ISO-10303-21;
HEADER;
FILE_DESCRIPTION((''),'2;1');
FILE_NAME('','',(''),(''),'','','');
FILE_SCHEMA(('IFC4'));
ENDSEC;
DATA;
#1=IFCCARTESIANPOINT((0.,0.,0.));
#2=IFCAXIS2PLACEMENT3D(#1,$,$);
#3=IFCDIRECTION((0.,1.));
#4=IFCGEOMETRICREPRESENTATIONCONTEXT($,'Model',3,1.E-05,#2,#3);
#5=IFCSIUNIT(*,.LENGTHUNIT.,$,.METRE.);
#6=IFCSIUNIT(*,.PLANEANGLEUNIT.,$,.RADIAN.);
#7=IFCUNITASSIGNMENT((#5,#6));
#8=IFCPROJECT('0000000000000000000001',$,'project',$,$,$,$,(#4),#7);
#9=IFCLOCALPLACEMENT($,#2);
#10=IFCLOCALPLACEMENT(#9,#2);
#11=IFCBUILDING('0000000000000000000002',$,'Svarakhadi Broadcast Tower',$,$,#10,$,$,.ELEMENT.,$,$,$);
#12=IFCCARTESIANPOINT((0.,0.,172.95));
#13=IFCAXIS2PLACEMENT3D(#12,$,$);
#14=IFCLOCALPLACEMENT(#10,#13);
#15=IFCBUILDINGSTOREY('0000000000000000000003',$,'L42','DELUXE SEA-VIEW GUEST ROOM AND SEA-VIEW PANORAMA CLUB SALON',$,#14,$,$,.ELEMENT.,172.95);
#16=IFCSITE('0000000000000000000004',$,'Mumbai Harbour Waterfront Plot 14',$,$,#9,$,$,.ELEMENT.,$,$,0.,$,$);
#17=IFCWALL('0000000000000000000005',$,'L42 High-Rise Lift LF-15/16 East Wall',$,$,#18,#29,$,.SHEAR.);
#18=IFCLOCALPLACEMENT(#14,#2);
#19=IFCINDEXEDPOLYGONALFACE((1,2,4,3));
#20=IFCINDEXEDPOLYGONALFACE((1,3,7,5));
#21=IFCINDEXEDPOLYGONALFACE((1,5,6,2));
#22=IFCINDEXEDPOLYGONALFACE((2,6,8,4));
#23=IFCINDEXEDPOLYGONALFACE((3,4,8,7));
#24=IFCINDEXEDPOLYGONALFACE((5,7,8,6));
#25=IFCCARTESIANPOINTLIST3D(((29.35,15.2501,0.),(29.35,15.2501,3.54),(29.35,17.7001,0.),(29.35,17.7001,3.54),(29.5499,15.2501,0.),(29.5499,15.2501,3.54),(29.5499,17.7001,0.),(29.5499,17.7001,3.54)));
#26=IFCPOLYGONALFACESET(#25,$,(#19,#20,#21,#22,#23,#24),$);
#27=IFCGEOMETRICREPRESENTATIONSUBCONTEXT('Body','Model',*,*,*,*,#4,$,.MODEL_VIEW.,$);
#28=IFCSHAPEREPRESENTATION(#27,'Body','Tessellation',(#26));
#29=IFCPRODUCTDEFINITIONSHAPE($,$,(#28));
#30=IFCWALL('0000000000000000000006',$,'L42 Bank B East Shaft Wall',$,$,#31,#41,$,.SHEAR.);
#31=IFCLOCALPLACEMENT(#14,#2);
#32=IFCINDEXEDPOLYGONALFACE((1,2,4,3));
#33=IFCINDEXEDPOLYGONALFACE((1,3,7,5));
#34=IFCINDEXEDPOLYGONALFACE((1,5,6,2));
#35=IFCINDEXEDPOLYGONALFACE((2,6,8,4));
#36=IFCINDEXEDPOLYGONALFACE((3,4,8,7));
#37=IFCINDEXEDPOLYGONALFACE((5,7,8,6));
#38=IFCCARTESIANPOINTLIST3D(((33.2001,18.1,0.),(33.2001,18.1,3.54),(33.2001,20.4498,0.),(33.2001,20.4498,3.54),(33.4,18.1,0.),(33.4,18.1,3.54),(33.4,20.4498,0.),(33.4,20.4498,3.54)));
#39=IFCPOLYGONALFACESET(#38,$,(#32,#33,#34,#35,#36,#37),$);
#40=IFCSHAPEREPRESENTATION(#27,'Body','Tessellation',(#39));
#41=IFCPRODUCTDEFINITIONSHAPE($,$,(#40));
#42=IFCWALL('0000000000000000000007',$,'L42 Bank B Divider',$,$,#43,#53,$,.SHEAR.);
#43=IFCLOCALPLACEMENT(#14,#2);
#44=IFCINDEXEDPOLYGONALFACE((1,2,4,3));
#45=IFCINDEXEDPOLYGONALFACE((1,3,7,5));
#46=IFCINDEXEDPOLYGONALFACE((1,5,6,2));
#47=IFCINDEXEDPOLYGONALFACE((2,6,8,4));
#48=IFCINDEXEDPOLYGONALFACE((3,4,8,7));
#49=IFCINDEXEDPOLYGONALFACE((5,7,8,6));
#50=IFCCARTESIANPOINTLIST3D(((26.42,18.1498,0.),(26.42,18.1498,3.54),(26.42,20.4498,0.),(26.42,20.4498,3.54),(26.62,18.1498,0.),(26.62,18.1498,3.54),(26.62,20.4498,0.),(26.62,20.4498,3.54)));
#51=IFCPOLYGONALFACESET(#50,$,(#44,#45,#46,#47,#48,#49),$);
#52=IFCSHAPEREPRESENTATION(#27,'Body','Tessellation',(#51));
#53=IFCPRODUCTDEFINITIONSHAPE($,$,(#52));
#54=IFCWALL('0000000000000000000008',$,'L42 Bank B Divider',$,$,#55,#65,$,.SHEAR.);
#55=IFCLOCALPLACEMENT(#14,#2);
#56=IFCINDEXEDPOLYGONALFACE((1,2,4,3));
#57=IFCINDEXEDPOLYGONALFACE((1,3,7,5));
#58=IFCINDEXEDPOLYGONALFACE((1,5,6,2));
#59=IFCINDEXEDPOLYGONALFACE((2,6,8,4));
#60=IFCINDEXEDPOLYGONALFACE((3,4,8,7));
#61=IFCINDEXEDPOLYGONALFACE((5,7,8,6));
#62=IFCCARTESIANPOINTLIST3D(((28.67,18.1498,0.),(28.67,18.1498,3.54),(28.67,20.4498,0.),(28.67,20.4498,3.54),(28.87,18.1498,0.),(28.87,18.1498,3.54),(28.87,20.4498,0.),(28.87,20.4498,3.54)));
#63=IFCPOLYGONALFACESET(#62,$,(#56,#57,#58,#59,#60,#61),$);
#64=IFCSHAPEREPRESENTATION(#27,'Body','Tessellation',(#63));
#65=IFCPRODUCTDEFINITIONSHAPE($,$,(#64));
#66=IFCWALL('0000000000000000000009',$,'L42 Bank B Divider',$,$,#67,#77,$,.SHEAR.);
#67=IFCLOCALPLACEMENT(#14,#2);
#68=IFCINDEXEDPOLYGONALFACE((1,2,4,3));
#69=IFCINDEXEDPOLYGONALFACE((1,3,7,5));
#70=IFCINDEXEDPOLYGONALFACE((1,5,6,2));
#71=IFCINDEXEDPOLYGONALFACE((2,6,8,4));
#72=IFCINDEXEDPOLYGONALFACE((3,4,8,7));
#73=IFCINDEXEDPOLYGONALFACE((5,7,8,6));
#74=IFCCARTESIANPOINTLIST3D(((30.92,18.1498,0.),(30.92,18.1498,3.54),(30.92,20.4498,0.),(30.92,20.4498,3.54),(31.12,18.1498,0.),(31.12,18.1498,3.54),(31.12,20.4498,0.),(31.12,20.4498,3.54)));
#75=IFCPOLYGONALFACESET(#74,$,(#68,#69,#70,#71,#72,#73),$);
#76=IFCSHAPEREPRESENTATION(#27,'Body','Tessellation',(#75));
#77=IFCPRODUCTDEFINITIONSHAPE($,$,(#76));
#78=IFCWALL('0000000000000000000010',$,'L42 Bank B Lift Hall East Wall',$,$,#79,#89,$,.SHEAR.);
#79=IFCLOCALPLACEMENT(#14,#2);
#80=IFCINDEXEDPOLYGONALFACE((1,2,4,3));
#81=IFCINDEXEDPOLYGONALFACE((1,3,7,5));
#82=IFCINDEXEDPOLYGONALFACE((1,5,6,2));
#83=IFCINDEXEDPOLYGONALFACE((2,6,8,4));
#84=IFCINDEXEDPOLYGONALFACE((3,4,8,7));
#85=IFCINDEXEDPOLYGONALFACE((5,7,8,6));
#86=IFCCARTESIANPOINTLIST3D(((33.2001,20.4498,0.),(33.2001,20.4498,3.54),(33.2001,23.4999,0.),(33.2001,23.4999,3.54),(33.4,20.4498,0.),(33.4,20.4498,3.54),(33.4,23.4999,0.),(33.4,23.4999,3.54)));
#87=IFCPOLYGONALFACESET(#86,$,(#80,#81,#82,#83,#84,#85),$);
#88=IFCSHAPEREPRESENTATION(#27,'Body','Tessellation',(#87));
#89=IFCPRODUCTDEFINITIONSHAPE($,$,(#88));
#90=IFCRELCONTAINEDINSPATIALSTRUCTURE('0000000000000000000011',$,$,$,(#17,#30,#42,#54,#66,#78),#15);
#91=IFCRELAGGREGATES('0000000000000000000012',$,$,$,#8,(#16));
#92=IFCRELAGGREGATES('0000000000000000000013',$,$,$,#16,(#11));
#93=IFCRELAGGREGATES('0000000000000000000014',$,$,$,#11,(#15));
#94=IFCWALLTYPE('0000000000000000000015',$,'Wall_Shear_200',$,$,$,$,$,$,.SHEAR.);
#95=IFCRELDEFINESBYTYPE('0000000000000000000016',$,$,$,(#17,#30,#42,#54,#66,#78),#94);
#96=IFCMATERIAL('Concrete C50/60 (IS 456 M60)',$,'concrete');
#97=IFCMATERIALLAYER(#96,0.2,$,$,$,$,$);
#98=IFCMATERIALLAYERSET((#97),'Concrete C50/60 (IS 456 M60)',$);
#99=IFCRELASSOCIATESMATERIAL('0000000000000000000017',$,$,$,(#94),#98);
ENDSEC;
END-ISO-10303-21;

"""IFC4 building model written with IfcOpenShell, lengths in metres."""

from ifc_helpers import new_model, si_unit, direction, frame, frame_2d, origin, place, context, subcontext, project, spatial, rectangle, extrude, material, layer, layer_set, type_object, element, save


model = new_model("IFC4")

# Units and contexts
model_context = context("Model", 3, precision=1e-05, world=origin(), true_north=direction((0.0, 1.0)))
body_context = subcontext(model_context, "Body", "Model", "MODEL_VIEW")
ifc_project = project(units=[si_unit("LENGTHUNIT", "METRE"), si_unit("PLANEANGLEUNIT", "RADIAN")], contexts=[model_context])

# Site, building, storey
site_placement = place(None, origin())
site = spatial("IfcSite", under=ifc_project, at=site_placement, Name="Mumbai Harbour Waterfront Plot 14", CompositionType="ELEMENT", RefElevation=0.0)
building_placement = place(site_placement, origin())
building = spatial("IfcBuilding", under=site, at=building_placement, Name="Svarakhadi Broadcast Tower", CompositionType="ELEMENT")
storey_placement = place(building_placement, frame((0.0, 0.0, 172.95)))
storey = spatial("IfcBuildingStorey", under=building, at=storey_placement, Name="L42", Description="DELUXE SEA-VIEW GUEST ROOM AND SEA-VIEW PANORAMA CLUB SALON", CompositionType="ELEMENT", Elevation=172.95)

# Shared definitions
ifc_material_1 = material(Name="Concrete C50/60 (IS 456 M60)", Category="concrete")

# Walls
ifc_layer_1 = layer(ifc_material_1, 0.2)
ifc_layer_set_1 = layer_set([ifc_layer_1], Name="Concrete C50/60 (IS 456 M60)")
wall_type_1 = type_object("IfcWallType", Name="Wall_Shear_200", PredefinedType="SHEAR", material=ifc_layer_set_1)
wall_1_placement = place(storey_placement, frame((29.45, 15.25, 0.0), z_axis=(0.0, 0.0, 1.0), x_axis=(0.0, 1.0, 0.0)))
element("IfcWall", 1, at=wall_1_placement, inside=storey, type_object=wall_type_1, Name="L42 High-Rise Lift LF-15/16 East Wall", PredefinedType="SHEAR", context=body_context, shape_type="SweptSolid", body=[
    extrude(rectangle(XDim=2.45, YDim=0.2, at=frame_2d((1.2251, 0.0))), origin(), (0.0, 0.0, 1.0), 3.54),
])
wall_2_placement = place(storey_placement, frame((33.3, 18.1001, 0.0), z_axis=(0.0, 0.0, 1.0), x_axis=(0.0, 1.0, 0.0)))
element("IfcWall", 2, at=wall_2_placement, inside=storey, type_object=wall_type_1, Name="L42 Bank B East Shaft Wall", PredefinedType="SHEAR", context=body_context, shape_type="SweptSolid", body=[
    extrude(rectangle(XDim=2.3499, YDim=0.2, at=frame_2d((1.1748, 0.0))), origin(), (0.0, 0.0, 1.0), 3.54),
])
for number, where, z_axis, x_axis, name in (
    (3, (26.52, 18.1499, 0.0), (0.0, 0.0, 1.0), (0.0, 1.0, 0.0), "L42 Bank B Divider"),
    (4, (28.77, 18.1499, 0.0), (0.0, 0.0, 1.0), (0.0, 1.0, 0.0), "L42 Bank B Divider"),
    (5, (31.02, 18.1499, 0.0), (0.0, 0.0, 1.0), (0.0, 1.0, 0.0), "L42 Bank B Divider"),
):
    element("IfcWall", number, at=place(storey_placement, frame(where, z_axis=z_axis, x_axis=x_axis)), inside=storey, type_object=wall_type_1, Name=name, PredefinedType="SHEAR", context=body_context, shape_type="SweptSolid", body=[
        extrude(rectangle(XDim=2.3, YDim=0.2, at=frame_2d((1.1499, 0.0))), origin(), (0.0, 0.0, 1.0), 3.54),
    ])
wall_3_placement = place(storey_placement, frame((33.3, 20.45, 0.0), z_axis=(0.0, 0.0, 1.0), x_axis=(0.0, 1.0, 0.0)))
element("IfcWall", 6, at=wall_3_placement, inside=storey, type_object=wall_type_1, Name="L42 Bank B Lift Hall East Wall", PredefinedType="SHEAR", context=body_context, shape_type="SweptSolid", body=[
    extrude(rectangle(XDim=3.05, YDim=0.2, at=frame_2d((1.5249, 0.0))), origin(), (0.0, 0.0, 1.0), 3.54),
])

save(model, "model.ifc")
